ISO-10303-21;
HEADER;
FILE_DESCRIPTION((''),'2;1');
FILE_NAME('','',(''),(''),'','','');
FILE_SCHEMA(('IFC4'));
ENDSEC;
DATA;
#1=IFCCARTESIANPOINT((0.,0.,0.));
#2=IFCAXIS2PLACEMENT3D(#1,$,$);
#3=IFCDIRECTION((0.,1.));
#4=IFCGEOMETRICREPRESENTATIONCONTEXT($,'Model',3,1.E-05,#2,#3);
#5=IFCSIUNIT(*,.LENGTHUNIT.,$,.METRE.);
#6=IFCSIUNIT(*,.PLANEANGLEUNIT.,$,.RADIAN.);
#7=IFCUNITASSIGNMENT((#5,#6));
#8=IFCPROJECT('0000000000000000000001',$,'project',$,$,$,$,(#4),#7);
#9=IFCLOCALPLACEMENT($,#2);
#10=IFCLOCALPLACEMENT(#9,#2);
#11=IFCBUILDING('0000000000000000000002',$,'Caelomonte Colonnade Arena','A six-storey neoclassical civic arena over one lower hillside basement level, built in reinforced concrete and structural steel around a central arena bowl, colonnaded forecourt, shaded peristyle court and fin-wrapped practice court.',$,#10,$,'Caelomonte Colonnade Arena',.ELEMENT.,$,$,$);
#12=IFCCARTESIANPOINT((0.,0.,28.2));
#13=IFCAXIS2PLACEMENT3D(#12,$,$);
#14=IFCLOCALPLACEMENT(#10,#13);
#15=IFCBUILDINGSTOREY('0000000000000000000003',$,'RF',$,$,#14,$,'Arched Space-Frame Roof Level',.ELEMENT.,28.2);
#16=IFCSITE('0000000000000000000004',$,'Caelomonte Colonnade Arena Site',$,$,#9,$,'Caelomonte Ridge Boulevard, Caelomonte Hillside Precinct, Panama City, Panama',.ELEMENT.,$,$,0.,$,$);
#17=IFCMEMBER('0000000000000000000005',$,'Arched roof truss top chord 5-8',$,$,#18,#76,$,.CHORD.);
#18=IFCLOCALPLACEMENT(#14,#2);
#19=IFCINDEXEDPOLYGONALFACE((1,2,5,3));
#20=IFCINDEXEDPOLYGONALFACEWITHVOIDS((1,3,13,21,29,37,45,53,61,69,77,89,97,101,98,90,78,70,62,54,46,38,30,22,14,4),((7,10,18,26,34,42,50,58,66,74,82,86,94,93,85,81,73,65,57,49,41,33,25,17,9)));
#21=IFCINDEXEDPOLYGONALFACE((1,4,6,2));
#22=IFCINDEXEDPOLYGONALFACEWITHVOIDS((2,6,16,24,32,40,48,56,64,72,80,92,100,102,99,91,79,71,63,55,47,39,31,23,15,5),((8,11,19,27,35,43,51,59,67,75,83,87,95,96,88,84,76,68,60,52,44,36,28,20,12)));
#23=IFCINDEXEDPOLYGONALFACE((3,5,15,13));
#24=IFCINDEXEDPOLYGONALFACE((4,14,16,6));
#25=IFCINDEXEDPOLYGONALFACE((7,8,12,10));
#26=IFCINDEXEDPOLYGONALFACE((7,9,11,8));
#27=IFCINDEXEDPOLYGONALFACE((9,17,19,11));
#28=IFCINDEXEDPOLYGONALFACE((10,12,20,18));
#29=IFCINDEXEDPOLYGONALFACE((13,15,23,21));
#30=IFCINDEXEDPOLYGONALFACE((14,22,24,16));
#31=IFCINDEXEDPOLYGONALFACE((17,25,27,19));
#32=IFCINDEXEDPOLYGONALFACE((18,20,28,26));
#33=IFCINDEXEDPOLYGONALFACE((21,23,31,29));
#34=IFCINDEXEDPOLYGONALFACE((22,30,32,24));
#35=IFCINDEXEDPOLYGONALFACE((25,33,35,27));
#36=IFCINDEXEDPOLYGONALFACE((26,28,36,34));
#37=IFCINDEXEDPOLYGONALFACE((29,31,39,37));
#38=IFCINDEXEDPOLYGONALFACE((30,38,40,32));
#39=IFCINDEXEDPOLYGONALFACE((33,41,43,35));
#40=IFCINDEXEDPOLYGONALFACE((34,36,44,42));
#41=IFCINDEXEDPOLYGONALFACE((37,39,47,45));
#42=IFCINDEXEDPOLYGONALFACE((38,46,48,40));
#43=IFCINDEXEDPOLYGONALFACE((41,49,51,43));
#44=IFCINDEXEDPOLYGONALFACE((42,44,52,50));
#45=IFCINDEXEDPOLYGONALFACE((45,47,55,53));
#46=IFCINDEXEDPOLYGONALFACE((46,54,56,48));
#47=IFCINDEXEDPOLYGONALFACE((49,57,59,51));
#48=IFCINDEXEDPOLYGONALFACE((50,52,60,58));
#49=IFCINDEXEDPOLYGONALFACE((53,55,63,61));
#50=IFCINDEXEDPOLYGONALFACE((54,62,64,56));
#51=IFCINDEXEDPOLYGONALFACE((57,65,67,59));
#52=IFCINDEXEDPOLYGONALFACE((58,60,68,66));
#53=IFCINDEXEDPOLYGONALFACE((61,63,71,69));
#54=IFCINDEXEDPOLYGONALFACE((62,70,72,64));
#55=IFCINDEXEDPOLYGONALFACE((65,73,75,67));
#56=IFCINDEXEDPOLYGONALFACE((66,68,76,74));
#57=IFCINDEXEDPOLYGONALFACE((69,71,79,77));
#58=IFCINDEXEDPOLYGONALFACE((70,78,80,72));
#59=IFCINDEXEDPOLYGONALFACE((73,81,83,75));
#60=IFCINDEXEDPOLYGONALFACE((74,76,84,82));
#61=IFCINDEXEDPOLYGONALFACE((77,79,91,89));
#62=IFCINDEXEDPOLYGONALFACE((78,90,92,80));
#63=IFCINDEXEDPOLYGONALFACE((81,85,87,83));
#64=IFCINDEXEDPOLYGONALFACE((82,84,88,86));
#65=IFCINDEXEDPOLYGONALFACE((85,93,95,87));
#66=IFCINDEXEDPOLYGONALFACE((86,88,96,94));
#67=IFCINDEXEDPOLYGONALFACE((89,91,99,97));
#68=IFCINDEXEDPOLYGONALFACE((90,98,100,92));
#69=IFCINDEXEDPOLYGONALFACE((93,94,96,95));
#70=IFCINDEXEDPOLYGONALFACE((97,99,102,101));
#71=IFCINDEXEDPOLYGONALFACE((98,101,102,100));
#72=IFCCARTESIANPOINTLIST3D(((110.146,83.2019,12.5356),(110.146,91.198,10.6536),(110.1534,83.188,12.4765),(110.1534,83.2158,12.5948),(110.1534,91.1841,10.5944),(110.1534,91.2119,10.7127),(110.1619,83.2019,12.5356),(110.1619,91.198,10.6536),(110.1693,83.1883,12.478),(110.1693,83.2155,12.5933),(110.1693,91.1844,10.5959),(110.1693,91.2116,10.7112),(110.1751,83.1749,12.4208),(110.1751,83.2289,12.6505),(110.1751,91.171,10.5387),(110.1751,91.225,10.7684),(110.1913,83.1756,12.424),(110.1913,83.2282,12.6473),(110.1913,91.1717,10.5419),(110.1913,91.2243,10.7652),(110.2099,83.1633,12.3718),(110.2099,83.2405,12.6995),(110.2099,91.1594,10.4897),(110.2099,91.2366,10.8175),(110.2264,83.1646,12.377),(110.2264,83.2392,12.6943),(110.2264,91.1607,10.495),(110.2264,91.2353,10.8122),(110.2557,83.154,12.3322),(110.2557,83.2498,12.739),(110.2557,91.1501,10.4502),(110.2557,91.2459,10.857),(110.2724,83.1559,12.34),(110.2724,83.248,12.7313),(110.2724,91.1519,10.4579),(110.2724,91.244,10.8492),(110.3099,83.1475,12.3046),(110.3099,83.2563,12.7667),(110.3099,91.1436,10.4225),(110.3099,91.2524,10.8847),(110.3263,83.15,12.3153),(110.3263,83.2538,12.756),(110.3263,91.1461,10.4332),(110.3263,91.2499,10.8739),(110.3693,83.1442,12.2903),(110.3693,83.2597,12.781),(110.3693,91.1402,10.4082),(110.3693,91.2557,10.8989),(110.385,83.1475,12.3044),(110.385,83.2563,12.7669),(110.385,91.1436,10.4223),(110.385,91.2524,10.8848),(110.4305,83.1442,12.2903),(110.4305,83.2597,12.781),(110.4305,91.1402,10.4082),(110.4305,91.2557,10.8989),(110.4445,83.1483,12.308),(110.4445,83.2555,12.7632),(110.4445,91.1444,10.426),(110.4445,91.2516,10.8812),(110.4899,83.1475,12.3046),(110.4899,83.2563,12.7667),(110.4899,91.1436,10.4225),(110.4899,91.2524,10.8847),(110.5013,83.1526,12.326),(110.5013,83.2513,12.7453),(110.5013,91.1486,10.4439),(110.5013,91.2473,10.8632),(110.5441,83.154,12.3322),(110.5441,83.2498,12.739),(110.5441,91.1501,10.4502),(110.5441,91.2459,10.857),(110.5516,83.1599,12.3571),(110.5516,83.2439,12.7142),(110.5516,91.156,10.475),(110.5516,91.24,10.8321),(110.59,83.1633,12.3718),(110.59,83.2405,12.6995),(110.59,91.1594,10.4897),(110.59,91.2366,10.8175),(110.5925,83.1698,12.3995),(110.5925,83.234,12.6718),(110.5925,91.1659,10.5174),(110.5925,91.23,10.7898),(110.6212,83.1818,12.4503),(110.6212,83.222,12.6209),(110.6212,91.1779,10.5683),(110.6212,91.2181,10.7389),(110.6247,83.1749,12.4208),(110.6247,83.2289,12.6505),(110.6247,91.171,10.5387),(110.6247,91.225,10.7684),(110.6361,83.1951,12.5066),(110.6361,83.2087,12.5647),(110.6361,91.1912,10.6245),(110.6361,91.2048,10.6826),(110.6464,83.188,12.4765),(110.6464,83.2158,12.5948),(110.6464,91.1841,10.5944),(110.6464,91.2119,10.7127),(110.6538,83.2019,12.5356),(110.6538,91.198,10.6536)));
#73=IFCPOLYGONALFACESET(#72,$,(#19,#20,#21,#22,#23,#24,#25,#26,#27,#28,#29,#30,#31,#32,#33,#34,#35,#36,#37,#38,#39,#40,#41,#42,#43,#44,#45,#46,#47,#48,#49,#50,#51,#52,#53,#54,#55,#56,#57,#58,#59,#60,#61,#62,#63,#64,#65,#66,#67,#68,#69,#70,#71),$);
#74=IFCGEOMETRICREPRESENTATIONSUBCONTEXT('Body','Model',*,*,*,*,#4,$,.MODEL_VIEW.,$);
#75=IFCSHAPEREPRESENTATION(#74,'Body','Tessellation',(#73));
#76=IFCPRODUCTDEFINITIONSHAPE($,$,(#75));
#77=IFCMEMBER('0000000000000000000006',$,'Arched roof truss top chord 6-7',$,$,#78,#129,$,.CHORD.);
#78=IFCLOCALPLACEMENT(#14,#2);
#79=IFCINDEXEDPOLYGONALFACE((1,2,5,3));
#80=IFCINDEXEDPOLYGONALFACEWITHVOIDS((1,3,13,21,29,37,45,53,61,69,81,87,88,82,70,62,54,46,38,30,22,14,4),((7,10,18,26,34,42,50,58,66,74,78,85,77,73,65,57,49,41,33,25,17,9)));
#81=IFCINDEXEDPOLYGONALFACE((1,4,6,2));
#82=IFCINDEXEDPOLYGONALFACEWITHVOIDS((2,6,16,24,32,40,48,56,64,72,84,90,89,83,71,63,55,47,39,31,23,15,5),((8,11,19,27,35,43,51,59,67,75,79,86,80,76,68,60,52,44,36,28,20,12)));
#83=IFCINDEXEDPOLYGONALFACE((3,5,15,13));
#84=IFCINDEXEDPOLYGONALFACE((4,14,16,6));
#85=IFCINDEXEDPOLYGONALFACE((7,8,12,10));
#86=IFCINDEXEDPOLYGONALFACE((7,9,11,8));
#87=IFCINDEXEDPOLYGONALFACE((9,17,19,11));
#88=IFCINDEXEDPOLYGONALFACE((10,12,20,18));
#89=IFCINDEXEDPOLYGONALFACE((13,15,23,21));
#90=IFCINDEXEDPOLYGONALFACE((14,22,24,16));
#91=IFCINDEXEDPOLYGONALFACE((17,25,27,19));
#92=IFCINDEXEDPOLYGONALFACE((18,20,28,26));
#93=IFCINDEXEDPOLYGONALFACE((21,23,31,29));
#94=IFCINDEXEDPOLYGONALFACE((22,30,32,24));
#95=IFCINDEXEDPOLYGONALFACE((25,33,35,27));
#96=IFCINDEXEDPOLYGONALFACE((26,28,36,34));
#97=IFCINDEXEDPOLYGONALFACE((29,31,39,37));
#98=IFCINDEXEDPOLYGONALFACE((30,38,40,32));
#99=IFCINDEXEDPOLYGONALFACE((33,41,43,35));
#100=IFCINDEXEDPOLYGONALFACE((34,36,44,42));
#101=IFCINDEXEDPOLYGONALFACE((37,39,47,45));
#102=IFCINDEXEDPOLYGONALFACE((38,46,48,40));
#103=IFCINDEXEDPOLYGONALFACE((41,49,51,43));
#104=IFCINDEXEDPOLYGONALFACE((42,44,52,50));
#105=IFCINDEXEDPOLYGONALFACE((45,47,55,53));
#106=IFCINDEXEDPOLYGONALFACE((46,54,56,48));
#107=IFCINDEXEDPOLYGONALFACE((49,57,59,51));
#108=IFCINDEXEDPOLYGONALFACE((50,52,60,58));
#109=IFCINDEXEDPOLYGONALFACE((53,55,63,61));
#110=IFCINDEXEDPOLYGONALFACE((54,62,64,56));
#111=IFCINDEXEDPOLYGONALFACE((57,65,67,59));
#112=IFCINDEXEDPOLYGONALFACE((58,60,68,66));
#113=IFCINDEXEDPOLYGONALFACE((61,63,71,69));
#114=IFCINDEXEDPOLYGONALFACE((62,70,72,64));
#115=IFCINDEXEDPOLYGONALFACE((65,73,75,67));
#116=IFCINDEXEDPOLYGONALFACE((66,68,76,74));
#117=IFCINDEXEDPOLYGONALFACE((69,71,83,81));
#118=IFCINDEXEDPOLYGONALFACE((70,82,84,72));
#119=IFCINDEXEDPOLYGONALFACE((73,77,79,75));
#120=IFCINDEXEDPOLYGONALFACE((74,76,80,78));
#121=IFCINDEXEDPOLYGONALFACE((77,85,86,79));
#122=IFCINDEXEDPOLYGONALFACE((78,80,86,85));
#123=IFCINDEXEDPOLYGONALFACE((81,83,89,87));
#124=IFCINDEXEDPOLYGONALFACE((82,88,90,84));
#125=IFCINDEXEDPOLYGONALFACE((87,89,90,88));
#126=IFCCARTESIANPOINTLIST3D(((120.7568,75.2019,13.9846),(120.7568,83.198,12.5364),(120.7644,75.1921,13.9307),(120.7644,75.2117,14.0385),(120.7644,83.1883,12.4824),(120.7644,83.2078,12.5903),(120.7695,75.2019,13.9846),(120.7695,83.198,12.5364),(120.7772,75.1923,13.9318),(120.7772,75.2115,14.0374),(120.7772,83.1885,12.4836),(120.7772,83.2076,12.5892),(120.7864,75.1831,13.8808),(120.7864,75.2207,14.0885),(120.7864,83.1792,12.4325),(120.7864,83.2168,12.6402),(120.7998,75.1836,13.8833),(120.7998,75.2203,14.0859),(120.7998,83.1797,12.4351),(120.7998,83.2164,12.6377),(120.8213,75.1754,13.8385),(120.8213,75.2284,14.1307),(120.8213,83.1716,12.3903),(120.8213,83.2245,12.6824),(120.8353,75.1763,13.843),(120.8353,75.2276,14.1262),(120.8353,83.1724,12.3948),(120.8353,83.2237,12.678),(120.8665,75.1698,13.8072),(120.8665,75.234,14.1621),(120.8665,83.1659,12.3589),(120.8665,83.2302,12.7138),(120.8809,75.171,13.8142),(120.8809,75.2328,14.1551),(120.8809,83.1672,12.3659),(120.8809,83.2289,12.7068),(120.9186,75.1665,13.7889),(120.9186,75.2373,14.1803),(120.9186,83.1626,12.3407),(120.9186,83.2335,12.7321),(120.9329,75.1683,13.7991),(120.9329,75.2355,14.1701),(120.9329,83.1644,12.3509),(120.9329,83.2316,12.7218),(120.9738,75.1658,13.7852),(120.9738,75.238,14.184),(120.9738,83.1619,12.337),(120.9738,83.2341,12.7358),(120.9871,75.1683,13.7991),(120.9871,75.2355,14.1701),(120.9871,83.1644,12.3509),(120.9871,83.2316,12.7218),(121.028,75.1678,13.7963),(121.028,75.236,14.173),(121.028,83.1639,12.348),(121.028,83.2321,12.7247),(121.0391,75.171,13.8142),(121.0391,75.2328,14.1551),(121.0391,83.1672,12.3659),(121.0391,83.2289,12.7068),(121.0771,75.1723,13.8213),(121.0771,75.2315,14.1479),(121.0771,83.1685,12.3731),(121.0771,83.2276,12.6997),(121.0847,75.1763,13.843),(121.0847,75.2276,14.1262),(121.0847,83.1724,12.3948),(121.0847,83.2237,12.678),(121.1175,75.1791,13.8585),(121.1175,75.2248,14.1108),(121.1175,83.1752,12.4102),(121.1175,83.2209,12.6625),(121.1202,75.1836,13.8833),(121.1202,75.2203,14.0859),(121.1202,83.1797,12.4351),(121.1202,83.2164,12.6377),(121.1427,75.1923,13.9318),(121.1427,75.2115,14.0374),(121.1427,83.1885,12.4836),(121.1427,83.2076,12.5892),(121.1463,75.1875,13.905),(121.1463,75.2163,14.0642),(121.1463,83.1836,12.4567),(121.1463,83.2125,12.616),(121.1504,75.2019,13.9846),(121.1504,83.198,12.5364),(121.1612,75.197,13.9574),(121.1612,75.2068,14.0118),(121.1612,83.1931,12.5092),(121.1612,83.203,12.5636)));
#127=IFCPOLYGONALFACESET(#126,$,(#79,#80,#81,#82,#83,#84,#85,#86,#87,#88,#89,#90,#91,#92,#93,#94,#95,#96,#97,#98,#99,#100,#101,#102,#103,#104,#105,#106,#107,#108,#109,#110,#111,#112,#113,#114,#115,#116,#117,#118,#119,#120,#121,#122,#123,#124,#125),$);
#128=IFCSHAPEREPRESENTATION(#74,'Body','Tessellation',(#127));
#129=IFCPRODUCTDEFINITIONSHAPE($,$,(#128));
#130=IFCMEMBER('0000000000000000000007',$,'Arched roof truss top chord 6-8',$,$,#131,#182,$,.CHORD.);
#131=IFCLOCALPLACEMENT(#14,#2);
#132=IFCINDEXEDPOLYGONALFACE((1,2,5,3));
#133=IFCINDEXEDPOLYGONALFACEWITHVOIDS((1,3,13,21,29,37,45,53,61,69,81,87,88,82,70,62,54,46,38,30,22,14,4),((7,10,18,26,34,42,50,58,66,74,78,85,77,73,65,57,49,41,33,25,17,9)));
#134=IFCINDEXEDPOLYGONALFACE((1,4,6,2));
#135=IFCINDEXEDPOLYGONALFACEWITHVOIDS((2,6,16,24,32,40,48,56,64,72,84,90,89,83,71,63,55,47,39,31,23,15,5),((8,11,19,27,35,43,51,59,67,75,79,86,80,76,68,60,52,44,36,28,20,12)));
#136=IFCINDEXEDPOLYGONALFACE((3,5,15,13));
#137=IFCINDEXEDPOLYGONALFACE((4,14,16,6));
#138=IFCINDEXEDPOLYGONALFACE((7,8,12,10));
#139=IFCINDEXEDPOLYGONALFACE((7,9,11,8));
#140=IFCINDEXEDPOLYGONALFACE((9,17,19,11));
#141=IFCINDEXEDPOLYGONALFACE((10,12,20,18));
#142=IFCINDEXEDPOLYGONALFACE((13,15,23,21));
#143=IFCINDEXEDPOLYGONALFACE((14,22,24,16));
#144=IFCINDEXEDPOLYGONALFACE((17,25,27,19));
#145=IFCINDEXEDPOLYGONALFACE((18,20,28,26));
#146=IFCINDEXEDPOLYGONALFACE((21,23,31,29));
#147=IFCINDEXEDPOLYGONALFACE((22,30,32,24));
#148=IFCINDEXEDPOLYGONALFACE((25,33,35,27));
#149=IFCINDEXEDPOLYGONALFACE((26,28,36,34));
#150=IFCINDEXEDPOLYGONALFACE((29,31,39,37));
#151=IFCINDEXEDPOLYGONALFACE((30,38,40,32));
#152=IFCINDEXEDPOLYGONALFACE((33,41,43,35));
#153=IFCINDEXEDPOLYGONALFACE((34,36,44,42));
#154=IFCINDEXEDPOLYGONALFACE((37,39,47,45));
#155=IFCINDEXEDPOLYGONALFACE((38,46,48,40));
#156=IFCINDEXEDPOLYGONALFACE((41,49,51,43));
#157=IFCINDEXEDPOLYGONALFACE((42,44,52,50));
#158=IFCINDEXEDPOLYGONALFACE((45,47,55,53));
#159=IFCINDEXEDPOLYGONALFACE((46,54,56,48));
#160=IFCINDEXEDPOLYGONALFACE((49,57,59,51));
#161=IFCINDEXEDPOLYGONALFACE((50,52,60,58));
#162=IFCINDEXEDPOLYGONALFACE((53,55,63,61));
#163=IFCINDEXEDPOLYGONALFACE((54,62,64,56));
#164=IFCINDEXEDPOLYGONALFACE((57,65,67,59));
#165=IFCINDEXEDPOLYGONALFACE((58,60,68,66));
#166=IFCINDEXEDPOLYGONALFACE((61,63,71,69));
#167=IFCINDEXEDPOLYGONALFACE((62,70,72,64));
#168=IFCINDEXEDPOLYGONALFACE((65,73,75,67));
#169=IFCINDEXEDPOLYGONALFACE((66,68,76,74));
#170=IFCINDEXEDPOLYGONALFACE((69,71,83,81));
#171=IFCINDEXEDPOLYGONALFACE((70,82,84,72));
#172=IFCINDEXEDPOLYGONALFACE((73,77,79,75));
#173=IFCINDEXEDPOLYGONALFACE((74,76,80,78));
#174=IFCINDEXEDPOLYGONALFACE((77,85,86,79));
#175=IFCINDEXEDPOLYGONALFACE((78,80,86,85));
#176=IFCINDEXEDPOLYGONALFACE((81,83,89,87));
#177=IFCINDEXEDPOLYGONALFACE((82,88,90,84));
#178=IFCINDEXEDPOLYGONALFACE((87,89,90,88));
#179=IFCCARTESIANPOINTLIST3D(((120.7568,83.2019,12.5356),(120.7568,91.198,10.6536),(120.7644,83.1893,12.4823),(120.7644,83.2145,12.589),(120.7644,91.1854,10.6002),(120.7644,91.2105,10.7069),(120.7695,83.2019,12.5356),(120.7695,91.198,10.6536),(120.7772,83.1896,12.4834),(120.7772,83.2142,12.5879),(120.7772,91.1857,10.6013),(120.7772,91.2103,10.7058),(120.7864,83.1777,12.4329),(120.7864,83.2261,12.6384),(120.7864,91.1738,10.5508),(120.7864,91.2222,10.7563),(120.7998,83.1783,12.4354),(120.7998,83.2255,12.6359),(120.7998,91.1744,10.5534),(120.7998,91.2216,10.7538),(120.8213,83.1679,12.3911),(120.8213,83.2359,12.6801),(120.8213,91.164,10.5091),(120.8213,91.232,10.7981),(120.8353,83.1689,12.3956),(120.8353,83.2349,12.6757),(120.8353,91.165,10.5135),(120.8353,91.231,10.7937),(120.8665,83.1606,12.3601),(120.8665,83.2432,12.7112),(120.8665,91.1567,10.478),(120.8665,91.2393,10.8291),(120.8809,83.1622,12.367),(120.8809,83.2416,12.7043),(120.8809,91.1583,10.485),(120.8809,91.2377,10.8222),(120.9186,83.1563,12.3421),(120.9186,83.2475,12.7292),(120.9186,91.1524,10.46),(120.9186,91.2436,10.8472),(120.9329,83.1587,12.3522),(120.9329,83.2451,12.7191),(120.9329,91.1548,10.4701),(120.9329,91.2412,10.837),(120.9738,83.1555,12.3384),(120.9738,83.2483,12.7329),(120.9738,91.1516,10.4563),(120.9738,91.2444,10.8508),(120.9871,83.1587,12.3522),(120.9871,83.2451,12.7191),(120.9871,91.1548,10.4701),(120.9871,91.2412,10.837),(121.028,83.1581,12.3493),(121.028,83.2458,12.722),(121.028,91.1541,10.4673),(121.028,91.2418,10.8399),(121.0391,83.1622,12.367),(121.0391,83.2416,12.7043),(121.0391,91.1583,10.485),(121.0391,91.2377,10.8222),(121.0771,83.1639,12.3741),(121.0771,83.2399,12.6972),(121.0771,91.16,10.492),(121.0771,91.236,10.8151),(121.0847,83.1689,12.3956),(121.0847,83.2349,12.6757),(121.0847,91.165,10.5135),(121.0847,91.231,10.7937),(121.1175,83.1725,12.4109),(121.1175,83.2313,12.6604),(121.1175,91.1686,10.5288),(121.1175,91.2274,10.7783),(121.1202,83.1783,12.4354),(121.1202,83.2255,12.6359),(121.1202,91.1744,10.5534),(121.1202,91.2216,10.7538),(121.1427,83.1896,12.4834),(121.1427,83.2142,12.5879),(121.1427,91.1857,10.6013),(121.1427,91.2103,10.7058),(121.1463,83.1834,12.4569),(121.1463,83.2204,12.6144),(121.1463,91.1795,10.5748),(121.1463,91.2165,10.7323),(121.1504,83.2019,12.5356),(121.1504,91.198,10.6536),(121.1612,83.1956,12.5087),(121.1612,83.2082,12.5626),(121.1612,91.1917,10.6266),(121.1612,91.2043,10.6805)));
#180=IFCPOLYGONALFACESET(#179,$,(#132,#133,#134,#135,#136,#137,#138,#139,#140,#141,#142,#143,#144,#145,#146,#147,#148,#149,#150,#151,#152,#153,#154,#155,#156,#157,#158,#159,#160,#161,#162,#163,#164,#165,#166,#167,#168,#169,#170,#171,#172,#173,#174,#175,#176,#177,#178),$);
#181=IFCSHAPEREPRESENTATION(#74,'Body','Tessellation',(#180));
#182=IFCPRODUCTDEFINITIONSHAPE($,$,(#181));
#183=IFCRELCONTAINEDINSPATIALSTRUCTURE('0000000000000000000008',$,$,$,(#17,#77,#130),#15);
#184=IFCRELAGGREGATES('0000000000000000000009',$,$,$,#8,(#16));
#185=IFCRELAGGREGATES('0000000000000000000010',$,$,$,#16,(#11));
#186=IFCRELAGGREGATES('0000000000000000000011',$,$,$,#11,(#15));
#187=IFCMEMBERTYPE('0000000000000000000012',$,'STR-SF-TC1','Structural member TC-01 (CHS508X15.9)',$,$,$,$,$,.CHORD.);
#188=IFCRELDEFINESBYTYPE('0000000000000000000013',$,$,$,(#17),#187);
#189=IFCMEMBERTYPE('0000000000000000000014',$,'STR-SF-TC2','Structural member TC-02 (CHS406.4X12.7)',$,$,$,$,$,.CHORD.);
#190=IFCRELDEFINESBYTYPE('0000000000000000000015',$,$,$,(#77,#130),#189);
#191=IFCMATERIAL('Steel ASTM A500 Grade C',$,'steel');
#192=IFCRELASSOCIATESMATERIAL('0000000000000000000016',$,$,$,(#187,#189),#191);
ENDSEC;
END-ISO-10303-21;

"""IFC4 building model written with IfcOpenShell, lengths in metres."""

from ifc_helpers import new_model, si_unit, direction, frame, origin, origin_2d, place, context, subcontext, project, spatial, hollow_circle, extrude, material, material_profile, profile_set, type_object, element, save


model = new_model("IFC4")

# Units and contexts
model_context = context("Model", 3, precision=1e-05, world=origin(), true_north=direction((0.0, 1.0)))
body_context = subcontext(model_context, "Body", "Model", "MODEL_VIEW")
ifc_project = project(units=[si_unit("LENGTHUNIT", "METRE"), si_unit("PLANEANGLEUNIT", "RADIAN")], contexts=[model_context])

# Site, building, storey
site_placement = place(None, origin())
site = spatial("IfcSite", under=ifc_project, at=site_placement, Name="Caelomonte Colonnade Arena Site", LongName="Caelomonte Ridge Boulevard, Caelomonte Hillside Precinct, Panama City, Panama", CompositionType="ELEMENT", RefElevation=0.0)
building_placement = place(site_placement, origin())
building = spatial("IfcBuilding", under=site, at=building_placement, Name="Caelomonte Colonnade Arena", Description="A six-storey neoclassical civic arena over one lower hillside basement level, built in reinforced concrete and structural steel around a central arena bowl, colonnaded forecourt, shaded peristyle court and fin-wrapped practice court.", LongName="Caelomonte Colonnade Arena", CompositionType="ELEMENT")
storey_placement = place(building_placement, frame((0.0, 0.0, 28.2)))
storey = spatial("IfcBuildingStorey", under=building, at=storey_placement, Name="RF", LongName="Arched Space-Frame Roof Level", CompositionType="ELEMENT", Elevation=28.2)

# Members
ifc_material_1 = material(Name="Steel ASTM A500 Grade C", Category="steel")
ifc_material_profile_1 = material_profile(ifc_material_1, hollow_circle(Radius=0.2539, WallThickness=0.0159, at=origin_2d()), Name="CHS508X15.9")
ifc_profile_set_1 = profile_set([ifc_material_profile_1], Name="Steel ASTM A500 Grade C")
member_type_1 = type_object("IfcMemberType", Name="STR-SF-TC1", Description="Structural member TC-01 (CHS508X15.9)", PredefinedType="CHORD", material=ifc_profile_set_1)
member_1_placement = place(storey_placement, frame((110.3999, 83.2019, 12.5356), z_axis=(0.0, 0.9734, -0.229114), x_axis=(-1.0, 0.0, 0.0)))
element("IfcMember", 1, at=member_1_placement, inside=storey, type_object=member_type_1, Name="Arched roof truss top chord 5-8", PredefinedType="CHORD", context=body_context, shape_type="SweptSolid", body=[
    extrude(hollow_circle(Radius=0.2539, WallThickness=0.0159, at=origin_2d()), origin(), (0.0, 0.0, 1.0), 8.2146),
])
ifc_material_profile_2 = material_profile(ifc_material_1, hollow_circle(Radius=0.2031, WallThickness=0.0127, at=origin_2d()), Name="CHS406.4X12.7")
ifc_profile_set_2 = profile_set([ifc_material_profile_2], Name="Steel ASTM A500 Grade C")
member_type_2 = type_object("IfcMemberType", Name="STR-SF-TC2", Description="Structural member TC-02 (CHS406.4X12.7)", PredefinedType="CHORD", material=ifc_profile_set_2)
member_2_placement = place(storey_placement, frame((120.96, 75.2019, 13.9846), z_axis=(0.0, 0.983991, -0.178219), x_axis=(-1.0, 0.0, 0.0)))
element("IfcMember", 2, at=member_2_placement, inside=storey, type_object=member_type_2, Name="Arched roof truss top chord 6-7", PredefinedType="CHORD", context=body_context, shape_type="SweptSolid", body=[
    extrude(hollow_circle(Radius=0.2031, WallThickness=0.0127, at=origin_2d()), origin(), (0.0, 0.0, 1.0), 8.1262),
])
member_3_placement = place(storey_placement, frame((120.96, 83.2019, 12.5356), z_axis=(0.0, 0.9734, -0.229114), x_axis=(-1.0, 0.0, 0.0)))
element("IfcMember", 3, at=member_3_placement, inside=storey, type_object=member_type_2, Name="Arched roof truss top chord 6-8", PredefinedType="CHORD", context=body_context, shape_type="SweptSolid", body=[
    extrude(hollow_circle(Radius=0.2031, WallThickness=0.0127, at=origin_2d()), origin(), (0.0, 0.0, 1.0), 8.2146),
])

save(model, "model.ifc")
